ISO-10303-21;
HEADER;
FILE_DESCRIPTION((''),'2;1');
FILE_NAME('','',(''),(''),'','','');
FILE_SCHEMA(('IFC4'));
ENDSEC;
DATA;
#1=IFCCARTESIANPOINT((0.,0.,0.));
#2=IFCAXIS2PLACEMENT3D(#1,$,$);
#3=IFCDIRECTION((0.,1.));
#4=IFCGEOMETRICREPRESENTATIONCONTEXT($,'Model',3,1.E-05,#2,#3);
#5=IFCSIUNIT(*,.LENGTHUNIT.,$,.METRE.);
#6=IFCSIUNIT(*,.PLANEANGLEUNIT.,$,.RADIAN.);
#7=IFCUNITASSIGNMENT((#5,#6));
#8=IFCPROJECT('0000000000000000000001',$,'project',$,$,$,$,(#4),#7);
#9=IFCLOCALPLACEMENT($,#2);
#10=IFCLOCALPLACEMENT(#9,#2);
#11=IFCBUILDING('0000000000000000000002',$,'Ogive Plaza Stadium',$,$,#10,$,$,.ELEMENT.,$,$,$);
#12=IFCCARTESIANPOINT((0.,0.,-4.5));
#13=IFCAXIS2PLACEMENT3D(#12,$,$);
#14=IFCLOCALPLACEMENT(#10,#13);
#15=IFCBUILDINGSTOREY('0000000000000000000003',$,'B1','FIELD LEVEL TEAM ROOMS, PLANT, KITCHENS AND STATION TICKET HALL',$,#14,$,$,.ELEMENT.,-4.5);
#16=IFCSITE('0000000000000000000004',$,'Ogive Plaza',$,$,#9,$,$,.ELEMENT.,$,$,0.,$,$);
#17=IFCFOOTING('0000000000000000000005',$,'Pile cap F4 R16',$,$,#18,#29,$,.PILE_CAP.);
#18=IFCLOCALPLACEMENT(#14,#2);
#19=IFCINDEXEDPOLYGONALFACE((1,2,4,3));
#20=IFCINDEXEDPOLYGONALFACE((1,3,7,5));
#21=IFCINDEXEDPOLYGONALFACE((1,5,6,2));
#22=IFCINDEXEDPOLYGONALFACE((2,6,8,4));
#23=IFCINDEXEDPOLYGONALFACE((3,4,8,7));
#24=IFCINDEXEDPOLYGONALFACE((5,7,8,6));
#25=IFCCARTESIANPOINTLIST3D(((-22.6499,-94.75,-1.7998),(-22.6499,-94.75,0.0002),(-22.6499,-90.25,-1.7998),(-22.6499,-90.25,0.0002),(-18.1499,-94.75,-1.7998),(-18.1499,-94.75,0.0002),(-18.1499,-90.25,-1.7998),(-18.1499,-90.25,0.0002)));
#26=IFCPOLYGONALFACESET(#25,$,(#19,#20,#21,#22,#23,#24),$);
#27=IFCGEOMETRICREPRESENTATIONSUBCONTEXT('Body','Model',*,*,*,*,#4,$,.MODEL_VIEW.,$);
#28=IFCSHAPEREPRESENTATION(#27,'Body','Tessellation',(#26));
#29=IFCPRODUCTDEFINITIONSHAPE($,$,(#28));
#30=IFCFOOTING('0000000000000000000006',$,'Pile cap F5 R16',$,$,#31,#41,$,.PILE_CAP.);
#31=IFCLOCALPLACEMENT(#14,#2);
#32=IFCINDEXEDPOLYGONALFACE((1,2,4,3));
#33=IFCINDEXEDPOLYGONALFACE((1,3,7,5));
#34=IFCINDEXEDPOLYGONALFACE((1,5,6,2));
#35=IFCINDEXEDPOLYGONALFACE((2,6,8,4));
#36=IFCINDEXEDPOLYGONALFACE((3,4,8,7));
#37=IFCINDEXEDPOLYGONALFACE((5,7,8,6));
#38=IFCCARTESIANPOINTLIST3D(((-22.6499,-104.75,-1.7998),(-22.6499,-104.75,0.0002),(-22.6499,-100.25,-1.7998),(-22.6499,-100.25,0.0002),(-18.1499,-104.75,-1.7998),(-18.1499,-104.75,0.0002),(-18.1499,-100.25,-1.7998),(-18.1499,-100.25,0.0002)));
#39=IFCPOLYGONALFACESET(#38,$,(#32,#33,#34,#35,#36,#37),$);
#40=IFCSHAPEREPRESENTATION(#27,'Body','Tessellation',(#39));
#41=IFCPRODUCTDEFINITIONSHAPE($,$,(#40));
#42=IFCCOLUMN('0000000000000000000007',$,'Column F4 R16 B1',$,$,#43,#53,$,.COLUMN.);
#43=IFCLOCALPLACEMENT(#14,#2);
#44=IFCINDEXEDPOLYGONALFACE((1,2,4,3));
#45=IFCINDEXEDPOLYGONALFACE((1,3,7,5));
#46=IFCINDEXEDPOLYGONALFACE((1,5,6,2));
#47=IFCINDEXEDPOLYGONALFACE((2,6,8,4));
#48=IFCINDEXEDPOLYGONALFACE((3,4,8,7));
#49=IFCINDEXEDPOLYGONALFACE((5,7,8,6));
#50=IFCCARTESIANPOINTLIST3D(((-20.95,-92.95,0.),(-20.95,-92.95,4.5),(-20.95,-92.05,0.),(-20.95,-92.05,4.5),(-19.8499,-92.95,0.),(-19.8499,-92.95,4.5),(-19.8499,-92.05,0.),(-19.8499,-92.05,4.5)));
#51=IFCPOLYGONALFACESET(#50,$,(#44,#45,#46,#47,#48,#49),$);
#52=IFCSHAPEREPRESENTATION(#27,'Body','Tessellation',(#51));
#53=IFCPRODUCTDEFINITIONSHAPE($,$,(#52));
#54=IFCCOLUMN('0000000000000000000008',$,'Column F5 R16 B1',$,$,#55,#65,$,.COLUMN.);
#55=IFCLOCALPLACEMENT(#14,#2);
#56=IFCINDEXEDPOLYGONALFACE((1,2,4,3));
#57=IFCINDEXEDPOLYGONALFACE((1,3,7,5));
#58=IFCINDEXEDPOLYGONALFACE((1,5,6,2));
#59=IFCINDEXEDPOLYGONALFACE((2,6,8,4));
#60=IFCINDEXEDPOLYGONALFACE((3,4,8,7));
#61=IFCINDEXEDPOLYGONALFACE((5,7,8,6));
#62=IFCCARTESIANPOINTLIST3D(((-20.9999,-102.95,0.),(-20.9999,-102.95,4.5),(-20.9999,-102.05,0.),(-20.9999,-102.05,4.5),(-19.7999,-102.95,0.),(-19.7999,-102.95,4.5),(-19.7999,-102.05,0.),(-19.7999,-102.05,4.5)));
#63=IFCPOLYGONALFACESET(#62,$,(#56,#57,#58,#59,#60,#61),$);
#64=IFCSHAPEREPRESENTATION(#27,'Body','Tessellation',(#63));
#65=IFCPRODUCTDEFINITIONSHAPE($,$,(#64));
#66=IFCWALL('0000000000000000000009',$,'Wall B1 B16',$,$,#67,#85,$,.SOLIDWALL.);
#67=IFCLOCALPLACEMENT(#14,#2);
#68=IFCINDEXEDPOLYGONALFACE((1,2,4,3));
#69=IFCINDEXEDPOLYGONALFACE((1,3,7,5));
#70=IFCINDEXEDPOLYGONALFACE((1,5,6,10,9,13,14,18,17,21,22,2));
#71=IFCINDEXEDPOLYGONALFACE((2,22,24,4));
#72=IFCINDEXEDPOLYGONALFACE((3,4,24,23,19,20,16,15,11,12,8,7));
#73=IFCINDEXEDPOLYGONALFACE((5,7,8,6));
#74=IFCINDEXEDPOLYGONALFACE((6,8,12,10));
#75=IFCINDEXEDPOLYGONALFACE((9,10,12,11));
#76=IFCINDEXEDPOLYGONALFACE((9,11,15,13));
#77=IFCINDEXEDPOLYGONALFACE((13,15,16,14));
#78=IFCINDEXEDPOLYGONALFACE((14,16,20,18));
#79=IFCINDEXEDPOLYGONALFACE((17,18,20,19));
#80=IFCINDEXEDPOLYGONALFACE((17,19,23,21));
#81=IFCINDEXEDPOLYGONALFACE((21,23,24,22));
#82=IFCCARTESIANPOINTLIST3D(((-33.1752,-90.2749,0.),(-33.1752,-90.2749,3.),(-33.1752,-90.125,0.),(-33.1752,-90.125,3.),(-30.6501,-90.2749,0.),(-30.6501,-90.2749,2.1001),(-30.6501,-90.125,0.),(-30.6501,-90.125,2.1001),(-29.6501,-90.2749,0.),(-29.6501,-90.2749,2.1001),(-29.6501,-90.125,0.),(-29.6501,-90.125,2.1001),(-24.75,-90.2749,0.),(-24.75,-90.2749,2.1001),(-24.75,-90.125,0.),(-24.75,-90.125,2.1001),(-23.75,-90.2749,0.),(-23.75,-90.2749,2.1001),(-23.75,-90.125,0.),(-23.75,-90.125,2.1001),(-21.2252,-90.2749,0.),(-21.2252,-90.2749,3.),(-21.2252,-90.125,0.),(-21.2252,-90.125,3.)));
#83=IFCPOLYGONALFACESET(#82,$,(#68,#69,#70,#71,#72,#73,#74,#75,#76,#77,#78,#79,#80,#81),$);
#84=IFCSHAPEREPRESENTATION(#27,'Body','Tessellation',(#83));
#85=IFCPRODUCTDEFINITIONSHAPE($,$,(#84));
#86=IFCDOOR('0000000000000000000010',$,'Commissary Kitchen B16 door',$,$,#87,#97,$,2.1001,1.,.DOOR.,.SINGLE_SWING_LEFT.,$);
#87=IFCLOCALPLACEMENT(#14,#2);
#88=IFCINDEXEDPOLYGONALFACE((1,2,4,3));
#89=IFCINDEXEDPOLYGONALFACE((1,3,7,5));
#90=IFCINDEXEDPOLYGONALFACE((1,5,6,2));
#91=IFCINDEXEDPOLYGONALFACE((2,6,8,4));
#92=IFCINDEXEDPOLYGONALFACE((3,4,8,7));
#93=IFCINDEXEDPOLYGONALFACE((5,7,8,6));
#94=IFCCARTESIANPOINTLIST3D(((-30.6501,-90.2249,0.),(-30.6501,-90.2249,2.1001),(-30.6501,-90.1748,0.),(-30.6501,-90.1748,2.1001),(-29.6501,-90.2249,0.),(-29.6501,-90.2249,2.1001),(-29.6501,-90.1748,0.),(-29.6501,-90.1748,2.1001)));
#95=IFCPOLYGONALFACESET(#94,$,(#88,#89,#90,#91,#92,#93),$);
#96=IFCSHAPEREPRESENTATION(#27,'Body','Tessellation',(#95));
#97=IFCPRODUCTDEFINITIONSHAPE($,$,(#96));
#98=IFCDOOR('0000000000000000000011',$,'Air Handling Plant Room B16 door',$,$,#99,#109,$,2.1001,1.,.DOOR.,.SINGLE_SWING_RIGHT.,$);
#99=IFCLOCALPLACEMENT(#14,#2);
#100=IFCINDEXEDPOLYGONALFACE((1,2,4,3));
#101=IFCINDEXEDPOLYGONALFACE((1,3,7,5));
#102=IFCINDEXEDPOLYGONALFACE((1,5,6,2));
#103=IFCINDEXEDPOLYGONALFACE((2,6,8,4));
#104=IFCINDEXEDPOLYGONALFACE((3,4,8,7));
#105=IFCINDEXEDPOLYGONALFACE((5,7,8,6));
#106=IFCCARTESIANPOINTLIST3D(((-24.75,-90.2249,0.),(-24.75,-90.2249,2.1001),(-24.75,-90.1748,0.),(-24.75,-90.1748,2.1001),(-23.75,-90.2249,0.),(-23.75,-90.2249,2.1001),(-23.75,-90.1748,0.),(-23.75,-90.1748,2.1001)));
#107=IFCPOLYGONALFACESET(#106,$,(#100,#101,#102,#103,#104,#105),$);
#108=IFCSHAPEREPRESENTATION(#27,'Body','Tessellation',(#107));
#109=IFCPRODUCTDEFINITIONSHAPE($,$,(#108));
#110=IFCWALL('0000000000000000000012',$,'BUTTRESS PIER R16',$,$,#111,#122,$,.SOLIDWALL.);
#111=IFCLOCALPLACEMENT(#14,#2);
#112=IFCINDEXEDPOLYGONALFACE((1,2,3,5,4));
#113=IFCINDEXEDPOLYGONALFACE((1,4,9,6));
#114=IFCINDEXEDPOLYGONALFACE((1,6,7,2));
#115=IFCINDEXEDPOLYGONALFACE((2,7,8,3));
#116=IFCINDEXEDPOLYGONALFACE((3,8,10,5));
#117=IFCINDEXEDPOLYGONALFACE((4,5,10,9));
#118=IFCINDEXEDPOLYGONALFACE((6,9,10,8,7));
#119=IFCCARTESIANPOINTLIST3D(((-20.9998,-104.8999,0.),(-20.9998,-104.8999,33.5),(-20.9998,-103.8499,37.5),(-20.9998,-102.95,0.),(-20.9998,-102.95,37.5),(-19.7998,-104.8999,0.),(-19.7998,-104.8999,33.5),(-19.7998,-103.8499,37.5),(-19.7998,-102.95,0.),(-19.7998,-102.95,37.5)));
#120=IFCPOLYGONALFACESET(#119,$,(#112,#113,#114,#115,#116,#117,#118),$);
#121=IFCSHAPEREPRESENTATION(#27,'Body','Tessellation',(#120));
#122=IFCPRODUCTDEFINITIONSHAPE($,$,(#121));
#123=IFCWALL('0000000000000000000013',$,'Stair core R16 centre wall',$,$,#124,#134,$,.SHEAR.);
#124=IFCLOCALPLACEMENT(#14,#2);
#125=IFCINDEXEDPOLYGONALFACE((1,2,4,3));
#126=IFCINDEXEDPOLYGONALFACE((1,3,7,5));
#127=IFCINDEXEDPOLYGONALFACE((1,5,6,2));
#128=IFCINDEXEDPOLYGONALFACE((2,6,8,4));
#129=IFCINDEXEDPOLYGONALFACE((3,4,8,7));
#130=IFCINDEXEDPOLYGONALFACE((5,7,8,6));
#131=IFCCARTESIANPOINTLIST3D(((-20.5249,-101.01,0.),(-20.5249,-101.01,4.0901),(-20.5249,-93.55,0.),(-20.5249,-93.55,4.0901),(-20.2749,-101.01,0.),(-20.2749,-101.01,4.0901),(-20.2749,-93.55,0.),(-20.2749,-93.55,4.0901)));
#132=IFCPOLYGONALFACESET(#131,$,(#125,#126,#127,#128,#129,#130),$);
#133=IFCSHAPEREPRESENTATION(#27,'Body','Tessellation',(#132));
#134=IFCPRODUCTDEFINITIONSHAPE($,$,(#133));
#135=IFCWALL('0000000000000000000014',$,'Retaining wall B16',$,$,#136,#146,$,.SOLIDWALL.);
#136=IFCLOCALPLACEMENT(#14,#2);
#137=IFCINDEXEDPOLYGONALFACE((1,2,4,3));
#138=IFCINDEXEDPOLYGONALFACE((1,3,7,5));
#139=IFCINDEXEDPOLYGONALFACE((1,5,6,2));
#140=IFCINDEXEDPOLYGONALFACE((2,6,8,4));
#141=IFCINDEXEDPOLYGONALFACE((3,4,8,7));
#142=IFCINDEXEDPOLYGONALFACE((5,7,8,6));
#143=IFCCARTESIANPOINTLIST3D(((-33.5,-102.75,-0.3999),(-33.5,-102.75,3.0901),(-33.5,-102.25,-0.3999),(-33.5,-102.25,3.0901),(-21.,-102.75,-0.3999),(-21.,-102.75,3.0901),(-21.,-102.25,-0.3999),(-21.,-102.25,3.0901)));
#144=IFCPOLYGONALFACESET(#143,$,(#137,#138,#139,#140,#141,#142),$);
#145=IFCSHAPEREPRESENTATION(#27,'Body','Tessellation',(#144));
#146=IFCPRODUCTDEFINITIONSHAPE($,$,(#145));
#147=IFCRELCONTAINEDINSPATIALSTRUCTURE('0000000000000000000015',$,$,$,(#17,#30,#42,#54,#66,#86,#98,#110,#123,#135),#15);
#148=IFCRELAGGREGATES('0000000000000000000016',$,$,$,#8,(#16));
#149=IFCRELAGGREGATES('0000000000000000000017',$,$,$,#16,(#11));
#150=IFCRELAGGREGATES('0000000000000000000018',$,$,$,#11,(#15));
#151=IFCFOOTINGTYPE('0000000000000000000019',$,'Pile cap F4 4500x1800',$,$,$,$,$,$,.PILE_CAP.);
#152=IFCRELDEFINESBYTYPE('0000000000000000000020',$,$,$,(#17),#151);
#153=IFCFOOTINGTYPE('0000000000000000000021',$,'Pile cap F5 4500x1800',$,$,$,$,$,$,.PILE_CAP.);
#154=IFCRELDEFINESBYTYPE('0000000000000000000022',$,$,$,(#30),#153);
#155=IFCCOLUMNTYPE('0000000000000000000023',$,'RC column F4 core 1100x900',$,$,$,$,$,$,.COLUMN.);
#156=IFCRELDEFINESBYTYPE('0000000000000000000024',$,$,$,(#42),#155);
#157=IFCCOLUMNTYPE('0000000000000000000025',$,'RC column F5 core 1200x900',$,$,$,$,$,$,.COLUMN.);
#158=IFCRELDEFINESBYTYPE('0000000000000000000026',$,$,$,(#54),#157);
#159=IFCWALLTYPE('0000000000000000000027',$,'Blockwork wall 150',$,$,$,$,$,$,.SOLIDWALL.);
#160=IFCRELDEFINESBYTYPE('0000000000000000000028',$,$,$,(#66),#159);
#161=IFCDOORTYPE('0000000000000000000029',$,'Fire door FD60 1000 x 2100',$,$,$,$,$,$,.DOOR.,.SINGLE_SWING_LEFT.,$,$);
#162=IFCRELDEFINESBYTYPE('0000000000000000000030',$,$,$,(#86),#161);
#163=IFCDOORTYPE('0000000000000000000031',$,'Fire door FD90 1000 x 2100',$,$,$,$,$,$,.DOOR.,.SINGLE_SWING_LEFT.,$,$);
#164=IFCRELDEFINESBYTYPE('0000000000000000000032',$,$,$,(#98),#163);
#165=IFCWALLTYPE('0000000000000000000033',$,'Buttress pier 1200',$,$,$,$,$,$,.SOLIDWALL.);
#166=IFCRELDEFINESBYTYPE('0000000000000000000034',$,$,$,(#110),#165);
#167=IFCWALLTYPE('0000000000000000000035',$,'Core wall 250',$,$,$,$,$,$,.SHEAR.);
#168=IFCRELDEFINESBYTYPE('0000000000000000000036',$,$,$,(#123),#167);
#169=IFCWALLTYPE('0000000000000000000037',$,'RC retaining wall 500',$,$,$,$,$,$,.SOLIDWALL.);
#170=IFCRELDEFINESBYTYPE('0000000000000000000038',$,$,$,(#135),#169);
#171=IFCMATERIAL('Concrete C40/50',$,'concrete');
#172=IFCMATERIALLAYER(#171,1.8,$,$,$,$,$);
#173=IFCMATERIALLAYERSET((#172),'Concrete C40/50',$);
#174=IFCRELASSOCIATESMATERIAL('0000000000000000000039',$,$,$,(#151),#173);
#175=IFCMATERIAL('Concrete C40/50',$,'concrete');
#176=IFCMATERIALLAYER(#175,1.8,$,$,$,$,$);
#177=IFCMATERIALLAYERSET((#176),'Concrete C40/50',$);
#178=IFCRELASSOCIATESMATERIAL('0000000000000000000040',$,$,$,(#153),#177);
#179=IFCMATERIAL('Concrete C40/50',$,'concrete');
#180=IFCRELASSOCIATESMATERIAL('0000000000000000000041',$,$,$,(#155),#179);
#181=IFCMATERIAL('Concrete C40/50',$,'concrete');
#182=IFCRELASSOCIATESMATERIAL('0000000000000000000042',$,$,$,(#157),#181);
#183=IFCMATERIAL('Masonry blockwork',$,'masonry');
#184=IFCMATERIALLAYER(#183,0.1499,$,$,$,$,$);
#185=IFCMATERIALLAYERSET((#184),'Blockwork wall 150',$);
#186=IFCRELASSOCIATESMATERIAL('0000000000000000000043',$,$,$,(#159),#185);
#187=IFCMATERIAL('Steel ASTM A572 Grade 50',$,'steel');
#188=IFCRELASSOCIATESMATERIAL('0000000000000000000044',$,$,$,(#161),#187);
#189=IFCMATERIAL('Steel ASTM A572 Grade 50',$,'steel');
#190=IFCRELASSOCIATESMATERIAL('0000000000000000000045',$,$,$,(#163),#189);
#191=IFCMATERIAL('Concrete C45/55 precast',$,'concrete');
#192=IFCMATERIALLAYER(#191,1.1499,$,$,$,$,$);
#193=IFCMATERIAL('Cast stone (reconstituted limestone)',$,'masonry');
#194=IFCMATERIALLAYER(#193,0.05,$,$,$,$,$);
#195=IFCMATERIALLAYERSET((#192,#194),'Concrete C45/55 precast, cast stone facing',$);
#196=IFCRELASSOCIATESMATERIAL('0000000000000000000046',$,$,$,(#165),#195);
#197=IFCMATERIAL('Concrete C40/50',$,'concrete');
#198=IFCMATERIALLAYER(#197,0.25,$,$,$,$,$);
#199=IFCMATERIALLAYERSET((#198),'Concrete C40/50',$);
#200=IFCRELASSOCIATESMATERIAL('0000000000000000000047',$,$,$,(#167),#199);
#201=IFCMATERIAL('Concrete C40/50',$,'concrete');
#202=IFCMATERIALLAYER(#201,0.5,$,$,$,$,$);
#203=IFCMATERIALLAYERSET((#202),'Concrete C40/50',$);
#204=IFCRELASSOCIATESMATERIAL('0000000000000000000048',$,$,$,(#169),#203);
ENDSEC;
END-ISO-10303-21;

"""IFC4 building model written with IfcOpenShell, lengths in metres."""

from ifc_helpers import new_model, si_unit, direction, frame, frame_2d, origin, origin_2d, place, context, subcontext, project, spatial, polyline, rectangle, outline, extrude, material, layer, layer_set, material_profile, profile_set, type_object, element, fill, save


model = new_model("IFC4")

# Units and contexts
model_context = context("Model", 3, precision=1e-05, world=origin(), true_north=direction((0.0, 1.0)))
body_context = subcontext(model_context, "Body", "Model", "MODEL_VIEW")
ifc_project = project(units=[si_unit("LENGTHUNIT", "METRE"), si_unit("PLANEANGLEUNIT", "RADIAN")], contexts=[model_context])

# Site, building, storey
site_placement = place(None, origin())
site = spatial("IfcSite", under=ifc_project, at=site_placement, Name="Ogive Plaza", CompositionType="ELEMENT", RefElevation=0.0)
building_placement = place(site_placement, origin())
building = spatial("IfcBuilding", under=site, at=building_placement, Name="Ogive Plaza Stadium", CompositionType="ELEMENT")
storey_placement = place(building_placement, frame((0.0, 0.0, -4.5)))
storey = spatial("IfcBuildingStorey", under=building, at=storey_placement, Name="B1", Description="FIELD LEVEL TEAM ROOMS, PLANT, KITCHENS AND STATION TICKET HALL", CompositionType="ELEMENT", Elevation=-4.5)

# Footings
ifc_material_1 = material(Name="Concrete C40/50", Category="concrete")
ifc_layer_1 = layer(ifc_material_1, 1.8)
ifc_layer_set_1 = layer_set([ifc_layer_1], Name="Concrete C40/50")
footing_type_1 = type_object("IfcFootingType", Name="Pile cap F4 4500x1800", PredefinedType="PILE_CAP", material=ifc_layer_set_1)
footing_1_placement = place(storey_placement, frame((-20.3999, -92.5, -1.7998), z_axis=(0.0, 0.0, 1.0), x_axis=(0.0, -1.0, 0.0)))
element("IfcFooting", 1, at=footing_1_placement, inside=storey, type_object=footing_type_1, Name="Pile cap F4 R16", PredefinedType="PILE_CAP", context=body_context, shape_type="SweptSolid", body=[
    extrude(rectangle(XDim=4.5, YDim=4.5, at=origin_2d()), origin(), (0.0, 0.0, 1.0), 1.8),
])
ifc_material_2 = material(Name="Concrete C40/50", Category="concrete")
ifc_layer_2 = layer(ifc_material_2, 1.8)
ifc_layer_set_2 = layer_set([ifc_layer_2], Name="Concrete C40/50")
footing_type_2 = type_object("IfcFootingType", Name="Pile cap F5 4500x1800", PredefinedType="PILE_CAP", material=ifc_layer_set_2)
footing_2_placement = place(storey_placement, frame((-20.3999, -102.5, -1.7998), z_axis=(0.0, 0.0, 1.0), x_axis=(0.0, -1.0, 0.0)))
element("IfcFooting", 2, at=footing_2_placement, inside=storey, type_object=footing_type_2, Name="Pile cap F5 R16", PredefinedType="PILE_CAP", context=body_context, shape_type="SweptSolid", body=[
    extrude(rectangle(XDim=4.5, YDim=4.5, at=origin_2d()), origin(), (0.0, 0.0, 1.0), 1.8),
])

# Columns
ifc_material_3 = material(Name="Concrete C40/50", Category="concrete")
ifc_material_profile_1 = material_profile(ifc_material_3, rectangle(XDim=1.1001, YDim=0.8999, at=origin_2d()), Name="RC 1100x900")
ifc_profile_set_1 = profile_set([ifc_material_profile_1], Name="Concrete C40/50")
column_type_1 = type_object("IfcColumnType", Name="RC column F4 core 1100x900", PredefinedType="COLUMN", material=ifc_profile_set_1)
column_1_placement = place(storey_placement, frame((-20.3999, -92.5, 0.0), z_axis=(0.0, 0.0, 1.0), x_axis=(1.0, 0.0, 0.0)))
element("IfcColumn", 3, at=column_1_placement, inside=storey, type_object=column_type_1, Name="Column F4 R16 B1", PredefinedType="COLUMN", context=body_context, shape_type="SweptSolid", body=[
    extrude(rectangle(XDim=1.1001, YDim=0.8999, at=origin_2d()), origin(), (0.0, 0.0, 1.0), 4.5),
])
ifc_material_4 = material(Name="Concrete C40/50", Category="concrete")
ifc_material_profile_2 = material_profile(ifc_material_4, rectangle(XDim=1.2, YDim=0.8999, at=origin_2d()), Name="RC 1200x900")
ifc_profile_set_2 = profile_set([ifc_material_profile_2], Name="Concrete C40/50")
column_type_2 = type_object("IfcColumnType", Name="RC column F5 core 1200x900", PredefinedType="COLUMN", material=ifc_profile_set_2)
column_2_placement = place(storey_placement, frame((-20.3999, -102.5, 0.0), z_axis=(0.0, 0.0, 1.0), x_axis=(1.0, 0.0, 0.0)))
element("IfcColumn", 4, at=column_2_placement, inside=storey, type_object=column_type_2, Name="Column F5 R16 B1", PredefinedType="COLUMN", context=body_context, shape_type="SweptSolid", body=[
    extrude(rectangle(XDim=1.2, YDim=0.8999, at=origin_2d()), origin(), (0.0, 0.0, 1.0), 4.5),
])

# Wall, openings, doors
ifc_material_5 = material(Name="Masonry blockwork", Category="masonry")
ifc_layer_3 = layer(ifc_material_5, 0.1499)
ifc_layer_set_3 = layer_set([ifc_layer_3], Name="Blockwork wall 150")
wall_type_1 = type_object("IfcWallType", Name="Blockwork wall 150", PredefinedType="SOLIDWALL", material=ifc_layer_set_3)
wall_1_placement = place(storey_placement, frame((-21.2251, -90.2, 0.0), z_axis=(0.0, 0.0, 1.0), x_axis=(-1.0, 0.0, 0.0)))
wall_1 = element("IfcWall", 5, at=wall_1_placement, inside=storey, type_object=wall_type_1, Name="Wall B1 B16", PredefinedType="SOLIDWALL", context=body_context, shape_type="SweptSolid", body=[
    extrude(rectangle(XDim=11.95, YDim=0.1499, at=frame_2d((5.9751, 0.0))), origin(), (0.0, 0.0, 1.0), 3.0),
])
opening_1_placement = place(wall_1_placement, frame((2.5249, 0.0, 0.0)))
opening_1 = element("IfcOpeningElement", 6, at=opening_1_placement, cuts=wall_1, PredefinedType="OPENING", context=body_context, shape_type="SweptSolid", body=[
    extrude(rectangle(XDim=1.0, YDim=2.1001, at=frame_2d((0.5, 1.05))), frame((0.0, 0.075, 0.0), z_axis=(0.0, -1.0, 0.0), x_axis=(1.0, 0.0, 0.0)), (0.0, 0.0, 1.0), 0.1499),
])
opening_2_placement = place(wall_1_placement, frame((8.425, 0.0, 0.0)))
opening_2 = element("IfcOpeningElement", 7, at=opening_2_placement, cuts=wall_1, PredefinedType="OPENING", context=body_context, shape_type="SweptSolid", body=[
    extrude(rectangle(XDim=1.0, YDim=2.1001, at=frame_2d((0.5, 1.05))), frame((0.0, 0.075, 0.0), z_axis=(0.0, -1.0, 0.0), x_axis=(1.0, 0.0, 0.0)), (0.0, 0.0, 1.0), 0.1499),
])
ifc_material_6 = material(Name="Steel ASTM A572 Grade 50", Category="steel")
door_type_1 = type_object("IfcDoorType", Name="Fire door FD60 1000 x 2100", OperationType="SINGLE_SWING_LEFT", PredefinedType="DOOR", material=ifc_material_6)
door_1_placement = place(opening_2_placement, origin())
door_1 = element("IfcDoor", 8, at=door_1_placement, inside=storey, type_object=door_type_1, Name="Commissary Kitchen B16 door", OperationType="SINGLE_SWING_LEFT", OverallHeight=2.1001, OverallWidth=1.0, PredefinedType="DOOR", context=body_context, shape_type="SweptSolid", body=[
    extrude(rectangle(XDim=1.0, YDim=2.1001, at=frame_2d((0.5, 1.05))), frame((0.0, 0.0249, 0.0), z_axis=(0.0, -1.0, 0.0), x_axis=(1.0, 0.0, 0.0)), (0.0, 0.0, 1.0), 0.05),
])
fill(opening_2, door_1)
ifc_material_7 = material(Name="Steel ASTM A572 Grade 50", Category="steel")
door_type_2 = type_object("IfcDoorType", Name="Fire door FD90 1000 x 2100", OperationType="SINGLE_SWING_LEFT", PredefinedType="DOOR", material=ifc_material_7)
door_2_placement = place(opening_1_placement, origin())
door_2 = element("IfcDoor", 9, at=door_2_placement, inside=storey, type_object=door_type_2, Name="Air Handling Plant Room B16 door", OperationType="SINGLE_SWING_RIGHT", OverallHeight=2.1001, OverallWidth=1.0, PredefinedType="DOOR", context=body_context, shape_type="SweptSolid", body=[
    extrude(rectangle(XDim=1.0, YDim=2.1001, at=frame_2d((0.5, 1.05))), frame((0.0, 0.0249, 0.0), z_axis=(0.0, -1.0, 0.0), x_axis=(1.0, 0.0, 0.0)), (0.0, 0.0, 1.0), 0.05),
])
fill(opening_1, door_2)

# Walls
ifc_material_8 = material(Name="Concrete C45/55 precast", Category="concrete")
ifc_layer_4 = layer(ifc_material_8, 1.1499)
ifc_material_9 = material(Name="Cast stone (reconstituted limestone)", Category="masonry")
ifc_layer_5 = layer(ifc_material_9, 0.05)
ifc_layer_set_4 = layer_set([ifc_layer_4, ifc_layer_5], Name="Concrete C45/55 precast, cast stone facing")
wall_type_2 = type_object("IfcWallType", Name="Buttress pier 1200", PredefinedType="SOLIDWALL", material=ifc_layer_set_4)
wall_2_placement = place(storey_placement, frame((-20.3999, -102.95, 0.0), z_axis=(0.0, 0.0, 1.0), x_axis=(0.0, -1.0, 0.0)))
element("IfcWall", 10, at=wall_2_placement, inside=storey, type_object=wall_type_2, Name="BUTTRESS PIER R16", PredefinedType="SOLIDWALL", context=body_context, shape_type="SweptSolid", body=[
    extrude(outline(polyline([(0.0, 0.0), (1.95, 0.0), (1.95, 33.5), (0.8999, 37.5), (0.0, 37.5), (0.0, 0.0)])), frame((0.0, 0.6001, 0.0), z_axis=(0.0, -1.0, 0.0), x_axis=(1.0, 0.0, 0.0)), (0.0, 0.0, 1.0), 1.2),
])
ifc_material_10 = material(Name="Concrete C40/50", Category="concrete")
ifc_layer_6 = layer(ifc_material_10, 0.25)
ifc_layer_set_5 = layer_set([ifc_layer_6], Name="Concrete C40/50")
wall_type_3 = type_object("IfcWallType", Name="Core wall 250", PredefinedType="SHEAR", material=ifc_layer_set_5)
wall_3_placement = place(storey_placement, frame((-20.3999, -93.55, 0.0), z_axis=(0.0, 0.0, 1.0), x_axis=(0.0, -1.0, 0.0)))
element("IfcWall", 11, at=wall_3_placement, inside=storey, type_object=wall_type_3, Name="Stair core R16 centre wall", PredefinedType="SHEAR", context=body_context, shape_type="SweptSolid", body=[
    extrude(rectangle(XDim=7.46, YDim=0.25, at=frame_2d((3.73, 0.0))), origin(), (0.0, 0.0, 1.0), 4.0901),
])
ifc_material_11 = material(Name="Concrete C40/50", Category="concrete")
ifc_layer_7 = layer(ifc_material_11, 0.5)
ifc_layer_set_6 = layer_set([ifc_layer_7], Name="Concrete C40/50")
wall_type_4 = type_object("IfcWallType", Name="RC retaining wall 500", PredefinedType="SOLIDWALL", material=ifc_layer_set_6)
wall_4_placement = place(storey_placement, frame((-21.0, -102.5, -0.3999), z_axis=(0.0, 0.0, 1.0), x_axis=(-1.0, 0.0, 0.0)))
element("IfcWall", 12, at=wall_4_placement, inside=storey, type_object=wall_type_4, Name="Retaining wall B16", PredefinedType="SOLIDWALL", context=body_context, shape_type="SweptSolid", body=[
    extrude(rectangle(XDim=12.5, YDim=0.5, at=frame_2d((6.25, 0.0))), origin(), (0.0, 0.0, 1.0), 3.49),
])

save(model, "model.ifc")
